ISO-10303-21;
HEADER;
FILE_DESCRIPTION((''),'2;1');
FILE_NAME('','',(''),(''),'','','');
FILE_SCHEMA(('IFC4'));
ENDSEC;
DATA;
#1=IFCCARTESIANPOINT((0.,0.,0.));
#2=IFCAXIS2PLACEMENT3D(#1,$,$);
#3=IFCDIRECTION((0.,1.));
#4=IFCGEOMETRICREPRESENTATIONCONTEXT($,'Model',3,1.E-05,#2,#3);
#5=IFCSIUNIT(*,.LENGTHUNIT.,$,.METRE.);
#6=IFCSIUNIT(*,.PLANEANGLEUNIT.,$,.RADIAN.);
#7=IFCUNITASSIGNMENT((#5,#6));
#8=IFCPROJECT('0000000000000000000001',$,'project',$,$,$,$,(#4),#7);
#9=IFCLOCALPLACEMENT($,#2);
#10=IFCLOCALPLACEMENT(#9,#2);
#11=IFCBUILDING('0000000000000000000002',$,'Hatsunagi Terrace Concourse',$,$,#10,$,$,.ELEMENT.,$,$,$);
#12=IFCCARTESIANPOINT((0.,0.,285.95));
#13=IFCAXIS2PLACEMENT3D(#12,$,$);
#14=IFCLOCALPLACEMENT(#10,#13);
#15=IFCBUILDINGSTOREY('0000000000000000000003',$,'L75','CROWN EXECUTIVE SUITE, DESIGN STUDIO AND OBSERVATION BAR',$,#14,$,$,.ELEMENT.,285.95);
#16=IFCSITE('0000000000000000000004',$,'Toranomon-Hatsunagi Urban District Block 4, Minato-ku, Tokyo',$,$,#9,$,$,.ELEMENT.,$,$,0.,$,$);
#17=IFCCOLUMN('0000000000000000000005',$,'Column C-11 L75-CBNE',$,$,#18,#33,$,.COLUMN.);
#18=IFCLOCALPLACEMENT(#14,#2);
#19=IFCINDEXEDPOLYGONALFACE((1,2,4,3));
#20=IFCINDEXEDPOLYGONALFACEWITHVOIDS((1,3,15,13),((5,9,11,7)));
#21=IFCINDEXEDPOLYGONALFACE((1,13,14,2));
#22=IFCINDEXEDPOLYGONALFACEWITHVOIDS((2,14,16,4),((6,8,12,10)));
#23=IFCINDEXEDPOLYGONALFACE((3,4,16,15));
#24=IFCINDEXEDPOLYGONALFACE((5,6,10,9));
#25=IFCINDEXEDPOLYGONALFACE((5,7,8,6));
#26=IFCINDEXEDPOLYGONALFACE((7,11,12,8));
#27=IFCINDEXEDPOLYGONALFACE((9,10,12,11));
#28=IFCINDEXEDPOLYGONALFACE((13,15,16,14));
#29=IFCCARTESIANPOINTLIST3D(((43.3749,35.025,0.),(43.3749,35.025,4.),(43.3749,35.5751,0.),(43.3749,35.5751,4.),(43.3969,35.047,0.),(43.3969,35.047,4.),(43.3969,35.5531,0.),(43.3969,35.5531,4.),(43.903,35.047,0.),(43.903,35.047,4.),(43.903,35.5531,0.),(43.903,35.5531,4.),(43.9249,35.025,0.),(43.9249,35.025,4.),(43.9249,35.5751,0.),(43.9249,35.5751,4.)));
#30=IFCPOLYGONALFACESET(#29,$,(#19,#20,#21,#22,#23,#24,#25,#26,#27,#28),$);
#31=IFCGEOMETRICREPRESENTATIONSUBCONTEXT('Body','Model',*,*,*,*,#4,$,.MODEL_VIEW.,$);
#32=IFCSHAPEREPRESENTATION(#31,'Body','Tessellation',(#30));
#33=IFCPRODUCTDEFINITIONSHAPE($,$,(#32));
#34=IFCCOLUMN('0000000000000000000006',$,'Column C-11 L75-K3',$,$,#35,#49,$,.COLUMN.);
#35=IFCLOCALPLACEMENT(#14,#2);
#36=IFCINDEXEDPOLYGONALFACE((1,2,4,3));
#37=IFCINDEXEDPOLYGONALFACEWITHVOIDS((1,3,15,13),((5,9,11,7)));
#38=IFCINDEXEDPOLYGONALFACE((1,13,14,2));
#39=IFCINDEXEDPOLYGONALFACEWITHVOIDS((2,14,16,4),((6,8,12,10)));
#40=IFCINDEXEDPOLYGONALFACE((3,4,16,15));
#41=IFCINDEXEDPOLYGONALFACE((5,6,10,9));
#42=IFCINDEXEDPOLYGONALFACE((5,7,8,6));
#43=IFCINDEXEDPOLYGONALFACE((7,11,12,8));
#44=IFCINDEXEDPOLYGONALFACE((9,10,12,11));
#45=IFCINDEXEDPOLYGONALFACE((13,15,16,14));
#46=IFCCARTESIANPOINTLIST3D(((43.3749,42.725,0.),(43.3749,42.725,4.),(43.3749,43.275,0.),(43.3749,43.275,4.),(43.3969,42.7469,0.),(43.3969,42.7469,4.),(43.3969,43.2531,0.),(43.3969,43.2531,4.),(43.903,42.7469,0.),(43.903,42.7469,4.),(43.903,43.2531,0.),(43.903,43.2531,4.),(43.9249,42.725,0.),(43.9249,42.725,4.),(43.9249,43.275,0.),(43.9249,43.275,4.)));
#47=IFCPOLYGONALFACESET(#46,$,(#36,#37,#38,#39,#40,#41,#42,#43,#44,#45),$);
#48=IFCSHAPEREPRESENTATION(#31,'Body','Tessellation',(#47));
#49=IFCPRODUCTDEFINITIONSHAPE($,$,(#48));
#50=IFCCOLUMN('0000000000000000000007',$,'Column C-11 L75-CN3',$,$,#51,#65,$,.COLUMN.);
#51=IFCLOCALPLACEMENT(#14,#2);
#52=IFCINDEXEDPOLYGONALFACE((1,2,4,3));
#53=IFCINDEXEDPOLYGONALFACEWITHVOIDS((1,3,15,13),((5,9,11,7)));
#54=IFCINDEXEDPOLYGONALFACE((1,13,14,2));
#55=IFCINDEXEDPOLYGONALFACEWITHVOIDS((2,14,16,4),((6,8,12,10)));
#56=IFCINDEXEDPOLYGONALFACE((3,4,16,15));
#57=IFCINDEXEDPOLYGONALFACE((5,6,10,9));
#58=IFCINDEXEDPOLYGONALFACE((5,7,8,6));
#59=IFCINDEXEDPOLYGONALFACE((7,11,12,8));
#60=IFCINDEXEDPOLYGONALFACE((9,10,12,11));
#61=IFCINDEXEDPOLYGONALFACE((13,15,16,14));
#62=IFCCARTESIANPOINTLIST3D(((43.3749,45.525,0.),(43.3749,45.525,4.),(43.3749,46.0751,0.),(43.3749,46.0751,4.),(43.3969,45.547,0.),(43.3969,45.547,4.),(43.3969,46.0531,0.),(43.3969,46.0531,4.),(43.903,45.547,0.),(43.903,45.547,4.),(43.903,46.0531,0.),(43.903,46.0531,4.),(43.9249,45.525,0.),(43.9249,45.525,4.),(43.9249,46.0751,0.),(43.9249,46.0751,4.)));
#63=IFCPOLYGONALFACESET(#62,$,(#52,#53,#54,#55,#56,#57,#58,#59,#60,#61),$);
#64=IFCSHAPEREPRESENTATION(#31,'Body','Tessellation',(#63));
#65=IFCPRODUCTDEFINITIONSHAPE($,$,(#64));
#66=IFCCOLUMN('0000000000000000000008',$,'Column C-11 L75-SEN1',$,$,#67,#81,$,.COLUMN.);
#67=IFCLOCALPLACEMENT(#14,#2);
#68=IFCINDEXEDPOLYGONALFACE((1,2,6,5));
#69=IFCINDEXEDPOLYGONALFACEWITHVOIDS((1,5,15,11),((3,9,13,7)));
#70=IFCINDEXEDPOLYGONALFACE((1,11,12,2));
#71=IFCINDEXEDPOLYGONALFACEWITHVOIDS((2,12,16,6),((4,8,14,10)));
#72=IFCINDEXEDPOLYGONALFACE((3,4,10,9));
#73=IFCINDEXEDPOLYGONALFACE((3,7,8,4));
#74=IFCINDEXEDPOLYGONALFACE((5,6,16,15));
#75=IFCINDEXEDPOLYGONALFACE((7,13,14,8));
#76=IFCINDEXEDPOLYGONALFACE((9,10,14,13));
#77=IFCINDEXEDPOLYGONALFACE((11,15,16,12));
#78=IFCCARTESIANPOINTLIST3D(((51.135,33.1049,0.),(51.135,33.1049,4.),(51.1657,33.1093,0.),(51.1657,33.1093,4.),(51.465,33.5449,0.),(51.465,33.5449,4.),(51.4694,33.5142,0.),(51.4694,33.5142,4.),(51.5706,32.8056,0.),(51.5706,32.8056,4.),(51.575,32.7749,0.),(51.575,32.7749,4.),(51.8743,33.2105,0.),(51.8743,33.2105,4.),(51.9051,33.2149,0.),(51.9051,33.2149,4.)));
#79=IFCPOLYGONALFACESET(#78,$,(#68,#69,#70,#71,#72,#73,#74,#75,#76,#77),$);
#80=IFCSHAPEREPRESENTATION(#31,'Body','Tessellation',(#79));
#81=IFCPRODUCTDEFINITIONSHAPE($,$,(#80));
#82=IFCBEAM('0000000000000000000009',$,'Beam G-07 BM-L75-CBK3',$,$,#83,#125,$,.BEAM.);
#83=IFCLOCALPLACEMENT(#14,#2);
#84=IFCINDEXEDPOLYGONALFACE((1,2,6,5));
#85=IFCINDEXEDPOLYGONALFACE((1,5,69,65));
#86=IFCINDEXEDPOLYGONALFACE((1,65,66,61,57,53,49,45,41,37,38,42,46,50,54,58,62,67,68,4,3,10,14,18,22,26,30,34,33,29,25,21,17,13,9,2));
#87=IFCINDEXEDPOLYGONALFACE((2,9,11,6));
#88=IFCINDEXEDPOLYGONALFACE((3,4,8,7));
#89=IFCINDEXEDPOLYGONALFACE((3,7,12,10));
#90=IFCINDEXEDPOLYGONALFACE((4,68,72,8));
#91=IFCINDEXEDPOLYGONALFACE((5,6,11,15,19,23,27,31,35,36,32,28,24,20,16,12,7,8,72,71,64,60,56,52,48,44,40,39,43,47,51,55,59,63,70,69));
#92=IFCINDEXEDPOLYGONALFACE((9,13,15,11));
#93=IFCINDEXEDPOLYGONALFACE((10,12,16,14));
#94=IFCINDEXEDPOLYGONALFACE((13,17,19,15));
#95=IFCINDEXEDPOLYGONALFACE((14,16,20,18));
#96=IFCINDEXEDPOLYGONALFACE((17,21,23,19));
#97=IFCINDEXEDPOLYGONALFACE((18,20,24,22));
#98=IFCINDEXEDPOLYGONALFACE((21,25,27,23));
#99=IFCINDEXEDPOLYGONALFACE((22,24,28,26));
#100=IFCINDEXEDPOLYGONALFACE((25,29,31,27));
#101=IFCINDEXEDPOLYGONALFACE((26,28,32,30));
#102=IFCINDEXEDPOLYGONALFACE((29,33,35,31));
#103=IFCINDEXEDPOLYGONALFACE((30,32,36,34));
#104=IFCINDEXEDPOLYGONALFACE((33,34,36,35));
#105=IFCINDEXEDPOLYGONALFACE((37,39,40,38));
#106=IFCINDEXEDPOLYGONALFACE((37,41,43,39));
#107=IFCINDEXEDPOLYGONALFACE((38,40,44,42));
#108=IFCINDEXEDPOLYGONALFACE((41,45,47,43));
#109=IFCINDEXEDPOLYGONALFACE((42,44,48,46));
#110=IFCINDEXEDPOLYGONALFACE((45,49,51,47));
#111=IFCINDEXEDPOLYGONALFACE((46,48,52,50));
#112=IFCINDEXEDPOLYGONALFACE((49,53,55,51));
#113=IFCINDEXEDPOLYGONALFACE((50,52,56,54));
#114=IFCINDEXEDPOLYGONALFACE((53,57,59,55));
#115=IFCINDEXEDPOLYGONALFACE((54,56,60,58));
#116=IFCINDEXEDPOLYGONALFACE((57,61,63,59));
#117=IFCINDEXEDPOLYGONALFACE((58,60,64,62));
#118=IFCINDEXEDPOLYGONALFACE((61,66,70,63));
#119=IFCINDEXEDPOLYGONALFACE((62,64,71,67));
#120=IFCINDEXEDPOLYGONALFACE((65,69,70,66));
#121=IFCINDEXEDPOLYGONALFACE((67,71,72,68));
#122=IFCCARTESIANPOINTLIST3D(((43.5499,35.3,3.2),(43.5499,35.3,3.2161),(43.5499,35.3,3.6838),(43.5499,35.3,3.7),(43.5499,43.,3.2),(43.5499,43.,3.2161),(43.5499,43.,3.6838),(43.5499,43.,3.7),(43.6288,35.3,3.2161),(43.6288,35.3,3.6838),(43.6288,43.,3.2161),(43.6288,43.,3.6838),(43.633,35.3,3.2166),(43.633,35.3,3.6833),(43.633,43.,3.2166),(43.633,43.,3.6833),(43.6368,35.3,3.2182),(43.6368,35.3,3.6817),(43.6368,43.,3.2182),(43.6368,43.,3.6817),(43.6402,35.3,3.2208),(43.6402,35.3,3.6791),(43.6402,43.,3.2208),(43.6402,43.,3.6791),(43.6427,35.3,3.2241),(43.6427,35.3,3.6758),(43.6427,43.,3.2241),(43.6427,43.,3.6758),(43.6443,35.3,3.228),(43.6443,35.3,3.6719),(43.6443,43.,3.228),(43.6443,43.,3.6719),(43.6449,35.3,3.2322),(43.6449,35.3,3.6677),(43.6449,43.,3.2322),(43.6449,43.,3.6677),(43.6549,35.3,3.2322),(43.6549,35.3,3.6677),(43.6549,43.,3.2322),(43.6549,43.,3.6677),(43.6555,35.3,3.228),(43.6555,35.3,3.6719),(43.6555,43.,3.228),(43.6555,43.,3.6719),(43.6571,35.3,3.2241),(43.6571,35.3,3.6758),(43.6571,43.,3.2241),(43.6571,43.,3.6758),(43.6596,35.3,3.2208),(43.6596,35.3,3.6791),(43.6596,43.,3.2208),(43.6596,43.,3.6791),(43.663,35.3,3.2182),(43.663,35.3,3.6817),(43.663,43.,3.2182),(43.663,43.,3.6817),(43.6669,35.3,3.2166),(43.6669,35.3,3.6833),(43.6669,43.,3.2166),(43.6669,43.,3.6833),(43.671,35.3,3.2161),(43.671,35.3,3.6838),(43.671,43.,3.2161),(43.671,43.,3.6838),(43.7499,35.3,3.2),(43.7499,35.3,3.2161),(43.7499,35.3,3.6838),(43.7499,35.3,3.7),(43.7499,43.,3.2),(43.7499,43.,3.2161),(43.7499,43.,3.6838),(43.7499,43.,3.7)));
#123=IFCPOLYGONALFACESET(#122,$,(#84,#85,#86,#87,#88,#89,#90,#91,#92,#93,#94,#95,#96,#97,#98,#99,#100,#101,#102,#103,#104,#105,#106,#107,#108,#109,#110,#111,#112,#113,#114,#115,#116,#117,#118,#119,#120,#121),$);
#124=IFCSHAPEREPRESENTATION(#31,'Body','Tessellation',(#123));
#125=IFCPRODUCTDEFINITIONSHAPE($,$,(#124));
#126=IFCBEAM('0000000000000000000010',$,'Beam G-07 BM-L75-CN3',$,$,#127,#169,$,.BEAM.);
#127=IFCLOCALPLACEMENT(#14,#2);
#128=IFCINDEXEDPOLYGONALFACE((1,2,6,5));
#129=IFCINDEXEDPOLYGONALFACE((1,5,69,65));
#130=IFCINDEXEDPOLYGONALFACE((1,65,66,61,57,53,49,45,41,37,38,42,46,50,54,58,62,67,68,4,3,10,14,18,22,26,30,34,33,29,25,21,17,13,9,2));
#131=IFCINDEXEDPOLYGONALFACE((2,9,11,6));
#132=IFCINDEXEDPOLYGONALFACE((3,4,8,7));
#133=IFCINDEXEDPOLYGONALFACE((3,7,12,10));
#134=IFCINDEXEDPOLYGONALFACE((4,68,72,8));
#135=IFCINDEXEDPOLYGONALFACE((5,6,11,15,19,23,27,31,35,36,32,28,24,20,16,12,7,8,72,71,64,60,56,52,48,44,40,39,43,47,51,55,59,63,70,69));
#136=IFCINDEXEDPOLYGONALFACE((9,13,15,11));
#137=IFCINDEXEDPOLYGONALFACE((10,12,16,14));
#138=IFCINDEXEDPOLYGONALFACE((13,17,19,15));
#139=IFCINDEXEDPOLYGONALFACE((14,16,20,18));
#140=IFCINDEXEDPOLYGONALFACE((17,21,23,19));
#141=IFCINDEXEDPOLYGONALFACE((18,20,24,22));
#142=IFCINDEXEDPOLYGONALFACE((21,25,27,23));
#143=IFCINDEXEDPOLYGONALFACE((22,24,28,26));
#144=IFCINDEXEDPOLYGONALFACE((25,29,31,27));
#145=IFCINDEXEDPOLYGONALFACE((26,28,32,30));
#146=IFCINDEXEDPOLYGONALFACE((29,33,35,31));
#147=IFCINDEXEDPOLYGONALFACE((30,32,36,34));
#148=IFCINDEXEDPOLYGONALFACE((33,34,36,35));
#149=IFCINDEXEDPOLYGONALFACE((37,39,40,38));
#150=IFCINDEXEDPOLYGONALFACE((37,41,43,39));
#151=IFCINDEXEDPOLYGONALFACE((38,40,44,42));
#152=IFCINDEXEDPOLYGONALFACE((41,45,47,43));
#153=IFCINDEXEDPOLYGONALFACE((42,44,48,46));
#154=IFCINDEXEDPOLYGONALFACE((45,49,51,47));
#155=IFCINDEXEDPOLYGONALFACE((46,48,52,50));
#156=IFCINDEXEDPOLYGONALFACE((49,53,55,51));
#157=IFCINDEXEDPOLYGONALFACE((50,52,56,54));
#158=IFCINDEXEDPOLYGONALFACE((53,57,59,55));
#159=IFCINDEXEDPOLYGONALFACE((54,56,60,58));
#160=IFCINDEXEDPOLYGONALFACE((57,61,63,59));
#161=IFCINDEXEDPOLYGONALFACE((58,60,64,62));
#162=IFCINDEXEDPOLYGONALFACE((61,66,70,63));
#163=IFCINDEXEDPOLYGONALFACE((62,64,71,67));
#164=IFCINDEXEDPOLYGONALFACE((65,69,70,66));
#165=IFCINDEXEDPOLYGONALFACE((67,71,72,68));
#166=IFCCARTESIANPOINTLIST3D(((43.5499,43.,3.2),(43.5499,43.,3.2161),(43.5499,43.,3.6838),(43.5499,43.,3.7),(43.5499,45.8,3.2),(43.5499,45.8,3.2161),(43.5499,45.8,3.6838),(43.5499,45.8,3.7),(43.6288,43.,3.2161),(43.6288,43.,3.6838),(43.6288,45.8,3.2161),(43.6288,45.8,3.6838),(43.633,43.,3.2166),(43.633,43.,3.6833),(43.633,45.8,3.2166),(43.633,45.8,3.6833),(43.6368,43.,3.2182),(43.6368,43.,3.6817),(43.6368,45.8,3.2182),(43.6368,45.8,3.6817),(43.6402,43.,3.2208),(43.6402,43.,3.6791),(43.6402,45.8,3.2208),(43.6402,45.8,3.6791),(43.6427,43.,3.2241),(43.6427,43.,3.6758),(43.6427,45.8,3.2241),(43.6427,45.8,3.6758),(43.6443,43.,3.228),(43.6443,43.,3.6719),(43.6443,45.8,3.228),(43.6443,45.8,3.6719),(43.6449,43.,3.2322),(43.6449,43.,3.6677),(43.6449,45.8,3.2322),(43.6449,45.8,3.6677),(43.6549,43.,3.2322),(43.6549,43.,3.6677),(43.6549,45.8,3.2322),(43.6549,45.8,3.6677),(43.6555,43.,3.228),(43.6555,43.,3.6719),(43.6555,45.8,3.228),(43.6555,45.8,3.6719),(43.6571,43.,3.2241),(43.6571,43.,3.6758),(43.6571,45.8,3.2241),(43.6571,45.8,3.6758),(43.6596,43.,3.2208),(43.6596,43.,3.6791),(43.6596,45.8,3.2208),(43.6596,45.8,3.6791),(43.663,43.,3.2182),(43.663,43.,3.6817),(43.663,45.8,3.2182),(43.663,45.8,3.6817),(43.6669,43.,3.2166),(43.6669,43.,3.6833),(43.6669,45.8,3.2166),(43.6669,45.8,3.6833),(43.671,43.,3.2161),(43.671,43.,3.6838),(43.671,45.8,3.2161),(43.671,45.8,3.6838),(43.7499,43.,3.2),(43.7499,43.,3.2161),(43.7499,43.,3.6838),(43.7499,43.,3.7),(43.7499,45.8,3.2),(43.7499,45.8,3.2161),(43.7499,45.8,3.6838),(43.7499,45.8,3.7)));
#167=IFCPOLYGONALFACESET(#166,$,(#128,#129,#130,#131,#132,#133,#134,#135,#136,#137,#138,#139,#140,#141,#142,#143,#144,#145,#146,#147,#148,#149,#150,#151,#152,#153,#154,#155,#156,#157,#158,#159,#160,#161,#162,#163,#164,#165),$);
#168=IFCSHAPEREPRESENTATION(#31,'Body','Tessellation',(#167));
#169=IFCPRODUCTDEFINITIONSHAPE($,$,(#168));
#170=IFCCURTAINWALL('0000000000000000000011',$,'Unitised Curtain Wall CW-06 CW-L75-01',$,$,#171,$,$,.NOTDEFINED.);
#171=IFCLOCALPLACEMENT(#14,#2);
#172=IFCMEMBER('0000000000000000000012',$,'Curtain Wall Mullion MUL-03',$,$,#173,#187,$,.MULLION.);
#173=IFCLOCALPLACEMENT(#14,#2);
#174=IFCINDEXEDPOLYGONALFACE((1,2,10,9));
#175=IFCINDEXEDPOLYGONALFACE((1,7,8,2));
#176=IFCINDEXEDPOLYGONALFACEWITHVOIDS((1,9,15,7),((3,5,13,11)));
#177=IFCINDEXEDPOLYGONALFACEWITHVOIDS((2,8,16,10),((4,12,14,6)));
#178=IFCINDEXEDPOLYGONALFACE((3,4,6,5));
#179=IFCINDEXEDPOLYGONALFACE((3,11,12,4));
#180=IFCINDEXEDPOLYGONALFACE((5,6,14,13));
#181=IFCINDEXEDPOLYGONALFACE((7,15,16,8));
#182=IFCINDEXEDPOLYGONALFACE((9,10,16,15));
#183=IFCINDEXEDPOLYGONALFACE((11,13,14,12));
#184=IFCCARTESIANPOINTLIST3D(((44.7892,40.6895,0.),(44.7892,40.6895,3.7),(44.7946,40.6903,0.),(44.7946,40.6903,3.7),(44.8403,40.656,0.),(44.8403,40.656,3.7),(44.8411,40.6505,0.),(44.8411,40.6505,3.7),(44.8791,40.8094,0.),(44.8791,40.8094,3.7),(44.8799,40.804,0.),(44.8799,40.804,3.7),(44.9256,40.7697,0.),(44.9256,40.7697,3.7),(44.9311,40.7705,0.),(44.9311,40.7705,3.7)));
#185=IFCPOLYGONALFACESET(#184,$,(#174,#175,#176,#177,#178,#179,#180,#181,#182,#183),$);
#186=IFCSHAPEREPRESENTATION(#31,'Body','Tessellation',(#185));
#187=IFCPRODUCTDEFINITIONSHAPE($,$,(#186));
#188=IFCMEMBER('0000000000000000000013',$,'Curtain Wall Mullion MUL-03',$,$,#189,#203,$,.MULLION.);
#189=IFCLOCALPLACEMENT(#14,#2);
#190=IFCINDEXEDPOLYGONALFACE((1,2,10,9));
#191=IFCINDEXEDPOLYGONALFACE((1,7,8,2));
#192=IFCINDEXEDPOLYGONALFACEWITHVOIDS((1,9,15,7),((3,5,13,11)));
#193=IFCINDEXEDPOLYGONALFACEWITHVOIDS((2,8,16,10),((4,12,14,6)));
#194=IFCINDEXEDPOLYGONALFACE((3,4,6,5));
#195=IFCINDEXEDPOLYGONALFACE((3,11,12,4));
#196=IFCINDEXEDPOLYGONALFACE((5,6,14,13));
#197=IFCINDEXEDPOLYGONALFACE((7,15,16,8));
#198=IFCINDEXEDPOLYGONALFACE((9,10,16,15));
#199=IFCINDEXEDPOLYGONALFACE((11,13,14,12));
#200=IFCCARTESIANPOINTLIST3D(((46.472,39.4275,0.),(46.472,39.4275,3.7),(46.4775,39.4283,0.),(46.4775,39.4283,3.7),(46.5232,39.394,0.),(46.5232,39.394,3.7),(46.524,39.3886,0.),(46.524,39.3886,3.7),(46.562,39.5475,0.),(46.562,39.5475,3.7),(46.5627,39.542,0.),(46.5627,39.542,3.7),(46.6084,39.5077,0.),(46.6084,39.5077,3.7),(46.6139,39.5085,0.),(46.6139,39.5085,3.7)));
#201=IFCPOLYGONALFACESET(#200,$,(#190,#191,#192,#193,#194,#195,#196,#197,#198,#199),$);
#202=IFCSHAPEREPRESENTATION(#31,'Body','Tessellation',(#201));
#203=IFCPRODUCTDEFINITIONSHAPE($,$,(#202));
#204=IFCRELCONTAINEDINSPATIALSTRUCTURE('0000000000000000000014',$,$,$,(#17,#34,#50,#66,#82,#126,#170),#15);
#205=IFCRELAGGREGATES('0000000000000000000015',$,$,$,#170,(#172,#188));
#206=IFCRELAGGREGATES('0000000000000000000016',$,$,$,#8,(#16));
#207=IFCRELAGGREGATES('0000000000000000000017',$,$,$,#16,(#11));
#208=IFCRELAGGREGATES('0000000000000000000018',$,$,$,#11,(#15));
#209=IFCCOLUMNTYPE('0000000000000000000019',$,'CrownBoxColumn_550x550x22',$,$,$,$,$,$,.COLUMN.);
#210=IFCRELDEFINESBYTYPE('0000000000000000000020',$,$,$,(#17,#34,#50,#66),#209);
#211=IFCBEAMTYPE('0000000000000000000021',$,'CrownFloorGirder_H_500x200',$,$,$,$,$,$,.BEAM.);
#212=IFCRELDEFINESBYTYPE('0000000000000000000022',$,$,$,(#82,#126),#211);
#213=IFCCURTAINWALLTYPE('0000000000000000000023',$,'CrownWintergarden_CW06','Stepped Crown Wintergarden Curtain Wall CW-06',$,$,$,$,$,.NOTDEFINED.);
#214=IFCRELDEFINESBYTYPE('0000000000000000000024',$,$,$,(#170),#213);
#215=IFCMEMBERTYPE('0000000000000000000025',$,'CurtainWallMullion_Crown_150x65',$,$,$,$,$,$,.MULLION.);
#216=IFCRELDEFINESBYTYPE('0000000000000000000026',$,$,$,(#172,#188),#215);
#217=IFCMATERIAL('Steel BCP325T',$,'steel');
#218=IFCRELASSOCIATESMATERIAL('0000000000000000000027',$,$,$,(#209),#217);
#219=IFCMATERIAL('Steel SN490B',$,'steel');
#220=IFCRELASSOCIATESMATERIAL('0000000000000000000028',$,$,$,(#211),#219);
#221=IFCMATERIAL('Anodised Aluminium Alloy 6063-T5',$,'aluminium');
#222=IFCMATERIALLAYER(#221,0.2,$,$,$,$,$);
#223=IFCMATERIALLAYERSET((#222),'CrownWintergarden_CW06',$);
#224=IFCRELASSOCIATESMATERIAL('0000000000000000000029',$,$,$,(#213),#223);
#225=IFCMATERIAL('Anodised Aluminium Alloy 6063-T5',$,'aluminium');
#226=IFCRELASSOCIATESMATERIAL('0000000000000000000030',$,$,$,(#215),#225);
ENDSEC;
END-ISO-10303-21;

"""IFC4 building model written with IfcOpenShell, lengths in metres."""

from ifc_helpers import new_model, si_unit, direction, frame, origin, origin_2d, place, context, subcontext, project, spatial, hollow_rectangle, i_section, extrude, material, layer, layer_set, material_profile, profile_set, type_object, element, aggregate, save


model = new_model("IFC4")

# Units and contexts
model_context = context("Model", 3, precision=1e-05, world=origin(), true_north=direction((0.0, 1.0)))
body_context = subcontext(model_context, "Body", "Model", "MODEL_VIEW")
ifc_project = project(units=[si_unit("LENGTHUNIT", "METRE"), si_unit("PLANEANGLEUNIT", "RADIAN")], contexts=[model_context])

# Site, building, storey
site_placement = place(None, origin())
site = spatial("IfcSite", under=ifc_project, at=site_placement, Name="Toranomon-Hatsunagi Urban District Block 4, Minato-ku, Tokyo", CompositionType="ELEMENT", RefElevation=0.0)
building_placement = place(site_placement, origin())
building = spatial("IfcBuilding", under=site, at=building_placement, Name="Hatsunagi Terrace Concourse", CompositionType="ELEMENT")
storey_placement = place(building_placement, frame((0.0, 0.0, 285.95)))
storey = spatial("IfcBuildingStorey", under=building, at=storey_placement, Name="L75", Description="CROWN EXECUTIVE SUITE, DESIGN STUDIO AND OBSERVATION BAR", CompositionType="ELEMENT", Elevation=285.95)

# Columns
ifc_material_1 = material(Name="Steel BCP325T", Category="steel")
ifc_material_profile_1 = material_profile(ifc_material_1, hollow_rectangle(XDim=0.55, YDim=0.55, WallThickness=0.022, at=origin_2d()), Name="BCP-550x550x22")
ifc_profile_set_1 = profile_set([ifc_material_profile_1], Name="Steel BCP325T")
column_type = type_object("IfcColumnType", Name="CrownBoxColumn_550x550x22", PredefinedType="COLUMN", material=ifc_profile_set_1)
for number, where, z_axis, x_axis, name in (
    (1, (43.6499, 35.3, 0.0), (0.0, 0.0, 1.0), (1.0, 0.0, 0.0), "Column C-11 L75-CBNE"),
    (2, (43.6499, 43.0, 0.0), (0.0, 0.0, 1.0), (1.0, 0.0, 0.0), "Column C-11 L75-K3"),
    (3, (43.6499, 45.8, 0.0), (0.0, 0.0, 1.0), (1.0, 0.0, 0.0), "Column C-11 L75-CN3"),
    (4, (51.52, 33.1599, 0.0), (0.0, 0.0, 1.0), (0.8, -0.6, 0.0), "Column C-11 L75-SEN1"),
):
    element("IfcColumn", number, at=place(storey_placement, frame(where, z_axis=z_axis, x_axis=x_axis)), inside=storey, type_object=column_type, Name=name, PredefinedType="COLUMN", context=body_context, shape_type="SweptSolid", body=[
        extrude(hollow_rectangle(XDim=0.55, YDim=0.55, WallThickness=0.022, at=origin_2d()), origin(), (0.0, 0.0, 1.0), 4.0),
    ])

# Beams
ifc_material_2 = material(Name="Steel SN490B", Category="steel")
ifc_material_profile_2 = material_profile(ifc_material_2, i_section(OverallWidth=0.2, OverallDepth=0.5, WebThickness=0.01, FlangeThickness=0.0161, FilletRadius=0.0161, at=origin_2d()), Name="H-500x200x10x16")
ifc_profile_set_2 = profile_set([ifc_material_profile_2], Name="Steel SN490B")
beam_type_1 = type_object("IfcBeamType", Name="CrownFloorGirder_H_500x200", PredefinedType="BEAM", material=ifc_profile_set_2)
beam_1_placement = place(storey_placement, frame((43.6499, 35.3, 3.45), z_axis=(0.0, 1.0, 0.0), x_axis=(-1.0, 0.0, 0.0)))
element("IfcBeam", 5, at=beam_1_placement, inside=storey, type_object=beam_type_1, Name="Beam G-07 BM-L75-CBK3", PredefinedType="BEAM", context=body_context, shape_type="SweptSolid", body=[
    extrude(i_section(OverallWidth=0.2, OverallDepth=0.5, WebThickness=0.01, FlangeThickness=0.0161, FilletRadius=0.0161, at=origin_2d()), origin(), (0.0, 0.0, 1.0), 7.7),
])
beam_2_placement = place(storey_placement, frame((43.6499, 43.0, 3.45), z_axis=(0.0, 1.0, 0.0), x_axis=(-1.0, 0.0, 0.0)))
element("IfcBeam", 6, at=beam_2_placement, inside=storey, type_object=beam_type_1, Name="Beam G-07 BM-L75-CN3", PredefinedType="BEAM", context=body_context, shape_type="SweptSolid", body=[
    extrude(i_section(OverallWidth=0.2, OverallDepth=0.5, WebThickness=0.01, FlangeThickness=0.0161, FilletRadius=0.0161, at=origin_2d()), origin(), (0.0, 0.0, 1.0), 2.8),
])

# Curtain wall, members
ifc_material_3 = material(Name="Anodised Aluminium Alloy 6063-T5", Category="aluminium")
ifc_layer_1 = layer(ifc_material_3, 0.2)
ifc_layer_set_1 = layer_set([ifc_layer_1], Name="CrownWintergarden_CW06")
curtain_wall_type = type_object("IfcCurtainWallType", Name="CrownWintergarden_CW06", Description="Stepped Crown Wintergarden Curtain Wall CW-06", PredefinedType="NOTDEFINED", material=ifc_layer_set_1)
curtain_wall_1_placement = place(storey_placement, origin())
curtain_wall_1 = element("IfcCurtainWall", 7, at=curtain_wall_1_placement, inside=storey, type_object=curtain_wall_type, Name="Unitised Curtain Wall CW-06 CW-L75-01", PredefinedType="NOTDEFINED")
ifc_material_4 = material(Name="Anodised Aluminium Alloy 6063-T5", Category="aluminium")
ifc_material_profile_3 = material_profile(ifc_material_4, hollow_rectangle(XDim=0.0649, YDim=0.1499, WallThickness=0.0039, at=origin_2d()), Name="ALU-MUL-150x65x4")
ifc_profile_set_3 = profile_set([ifc_material_profile_3], Name="Anodised Aluminium Alloy 6063-T5")
member_type_1 = type_object("IfcMemberType", Name="CurtainWallMullion_Crown_150x65", PredefinedType="MULLION", material=ifc_profile_set_3)
member_1_placement = place(storey_placement, frame((44.8601, 40.73, 0.0), z_axis=(0.0, 0.0, 1.0), x_axis=(0.800028, -0.599962, 0.0)))
member_1 = element("IfcMember", 8, at=member_1_placement, type_object=member_type_1, Name="Curtain Wall Mullion MUL-03", PredefinedType="MULLION", context=body_context, shape_type="SweptSolid", body=[
    extrude(hollow_rectangle(XDim=0.0649, YDim=0.1499, WallThickness=0.0039, at=origin_2d()), origin(), (0.0, 0.0, 1.0), 3.7),
])
member_2_placement = place(storey_placement, frame((46.543, 39.468, 0.0), z_axis=(0.0, 0.0, 1.0), x_axis=(0.800028, -0.599962, 0.0)))
member_2 = element("IfcMember", 9, at=member_2_placement, type_object=member_type_1, Name="Curtain Wall Mullion MUL-03", PredefinedType="MULLION", context=body_context, shape_type="SweptSolid", body=[
    extrude(hollow_rectangle(XDim=0.0649, YDim=0.1499, WallThickness=0.0039, at=origin_2d()), origin(), (0.0, 0.0, 1.0), 3.7),
])

aggregate(curtain_wall_1, [member_1, member_2])

save(model, "model.ifc")
